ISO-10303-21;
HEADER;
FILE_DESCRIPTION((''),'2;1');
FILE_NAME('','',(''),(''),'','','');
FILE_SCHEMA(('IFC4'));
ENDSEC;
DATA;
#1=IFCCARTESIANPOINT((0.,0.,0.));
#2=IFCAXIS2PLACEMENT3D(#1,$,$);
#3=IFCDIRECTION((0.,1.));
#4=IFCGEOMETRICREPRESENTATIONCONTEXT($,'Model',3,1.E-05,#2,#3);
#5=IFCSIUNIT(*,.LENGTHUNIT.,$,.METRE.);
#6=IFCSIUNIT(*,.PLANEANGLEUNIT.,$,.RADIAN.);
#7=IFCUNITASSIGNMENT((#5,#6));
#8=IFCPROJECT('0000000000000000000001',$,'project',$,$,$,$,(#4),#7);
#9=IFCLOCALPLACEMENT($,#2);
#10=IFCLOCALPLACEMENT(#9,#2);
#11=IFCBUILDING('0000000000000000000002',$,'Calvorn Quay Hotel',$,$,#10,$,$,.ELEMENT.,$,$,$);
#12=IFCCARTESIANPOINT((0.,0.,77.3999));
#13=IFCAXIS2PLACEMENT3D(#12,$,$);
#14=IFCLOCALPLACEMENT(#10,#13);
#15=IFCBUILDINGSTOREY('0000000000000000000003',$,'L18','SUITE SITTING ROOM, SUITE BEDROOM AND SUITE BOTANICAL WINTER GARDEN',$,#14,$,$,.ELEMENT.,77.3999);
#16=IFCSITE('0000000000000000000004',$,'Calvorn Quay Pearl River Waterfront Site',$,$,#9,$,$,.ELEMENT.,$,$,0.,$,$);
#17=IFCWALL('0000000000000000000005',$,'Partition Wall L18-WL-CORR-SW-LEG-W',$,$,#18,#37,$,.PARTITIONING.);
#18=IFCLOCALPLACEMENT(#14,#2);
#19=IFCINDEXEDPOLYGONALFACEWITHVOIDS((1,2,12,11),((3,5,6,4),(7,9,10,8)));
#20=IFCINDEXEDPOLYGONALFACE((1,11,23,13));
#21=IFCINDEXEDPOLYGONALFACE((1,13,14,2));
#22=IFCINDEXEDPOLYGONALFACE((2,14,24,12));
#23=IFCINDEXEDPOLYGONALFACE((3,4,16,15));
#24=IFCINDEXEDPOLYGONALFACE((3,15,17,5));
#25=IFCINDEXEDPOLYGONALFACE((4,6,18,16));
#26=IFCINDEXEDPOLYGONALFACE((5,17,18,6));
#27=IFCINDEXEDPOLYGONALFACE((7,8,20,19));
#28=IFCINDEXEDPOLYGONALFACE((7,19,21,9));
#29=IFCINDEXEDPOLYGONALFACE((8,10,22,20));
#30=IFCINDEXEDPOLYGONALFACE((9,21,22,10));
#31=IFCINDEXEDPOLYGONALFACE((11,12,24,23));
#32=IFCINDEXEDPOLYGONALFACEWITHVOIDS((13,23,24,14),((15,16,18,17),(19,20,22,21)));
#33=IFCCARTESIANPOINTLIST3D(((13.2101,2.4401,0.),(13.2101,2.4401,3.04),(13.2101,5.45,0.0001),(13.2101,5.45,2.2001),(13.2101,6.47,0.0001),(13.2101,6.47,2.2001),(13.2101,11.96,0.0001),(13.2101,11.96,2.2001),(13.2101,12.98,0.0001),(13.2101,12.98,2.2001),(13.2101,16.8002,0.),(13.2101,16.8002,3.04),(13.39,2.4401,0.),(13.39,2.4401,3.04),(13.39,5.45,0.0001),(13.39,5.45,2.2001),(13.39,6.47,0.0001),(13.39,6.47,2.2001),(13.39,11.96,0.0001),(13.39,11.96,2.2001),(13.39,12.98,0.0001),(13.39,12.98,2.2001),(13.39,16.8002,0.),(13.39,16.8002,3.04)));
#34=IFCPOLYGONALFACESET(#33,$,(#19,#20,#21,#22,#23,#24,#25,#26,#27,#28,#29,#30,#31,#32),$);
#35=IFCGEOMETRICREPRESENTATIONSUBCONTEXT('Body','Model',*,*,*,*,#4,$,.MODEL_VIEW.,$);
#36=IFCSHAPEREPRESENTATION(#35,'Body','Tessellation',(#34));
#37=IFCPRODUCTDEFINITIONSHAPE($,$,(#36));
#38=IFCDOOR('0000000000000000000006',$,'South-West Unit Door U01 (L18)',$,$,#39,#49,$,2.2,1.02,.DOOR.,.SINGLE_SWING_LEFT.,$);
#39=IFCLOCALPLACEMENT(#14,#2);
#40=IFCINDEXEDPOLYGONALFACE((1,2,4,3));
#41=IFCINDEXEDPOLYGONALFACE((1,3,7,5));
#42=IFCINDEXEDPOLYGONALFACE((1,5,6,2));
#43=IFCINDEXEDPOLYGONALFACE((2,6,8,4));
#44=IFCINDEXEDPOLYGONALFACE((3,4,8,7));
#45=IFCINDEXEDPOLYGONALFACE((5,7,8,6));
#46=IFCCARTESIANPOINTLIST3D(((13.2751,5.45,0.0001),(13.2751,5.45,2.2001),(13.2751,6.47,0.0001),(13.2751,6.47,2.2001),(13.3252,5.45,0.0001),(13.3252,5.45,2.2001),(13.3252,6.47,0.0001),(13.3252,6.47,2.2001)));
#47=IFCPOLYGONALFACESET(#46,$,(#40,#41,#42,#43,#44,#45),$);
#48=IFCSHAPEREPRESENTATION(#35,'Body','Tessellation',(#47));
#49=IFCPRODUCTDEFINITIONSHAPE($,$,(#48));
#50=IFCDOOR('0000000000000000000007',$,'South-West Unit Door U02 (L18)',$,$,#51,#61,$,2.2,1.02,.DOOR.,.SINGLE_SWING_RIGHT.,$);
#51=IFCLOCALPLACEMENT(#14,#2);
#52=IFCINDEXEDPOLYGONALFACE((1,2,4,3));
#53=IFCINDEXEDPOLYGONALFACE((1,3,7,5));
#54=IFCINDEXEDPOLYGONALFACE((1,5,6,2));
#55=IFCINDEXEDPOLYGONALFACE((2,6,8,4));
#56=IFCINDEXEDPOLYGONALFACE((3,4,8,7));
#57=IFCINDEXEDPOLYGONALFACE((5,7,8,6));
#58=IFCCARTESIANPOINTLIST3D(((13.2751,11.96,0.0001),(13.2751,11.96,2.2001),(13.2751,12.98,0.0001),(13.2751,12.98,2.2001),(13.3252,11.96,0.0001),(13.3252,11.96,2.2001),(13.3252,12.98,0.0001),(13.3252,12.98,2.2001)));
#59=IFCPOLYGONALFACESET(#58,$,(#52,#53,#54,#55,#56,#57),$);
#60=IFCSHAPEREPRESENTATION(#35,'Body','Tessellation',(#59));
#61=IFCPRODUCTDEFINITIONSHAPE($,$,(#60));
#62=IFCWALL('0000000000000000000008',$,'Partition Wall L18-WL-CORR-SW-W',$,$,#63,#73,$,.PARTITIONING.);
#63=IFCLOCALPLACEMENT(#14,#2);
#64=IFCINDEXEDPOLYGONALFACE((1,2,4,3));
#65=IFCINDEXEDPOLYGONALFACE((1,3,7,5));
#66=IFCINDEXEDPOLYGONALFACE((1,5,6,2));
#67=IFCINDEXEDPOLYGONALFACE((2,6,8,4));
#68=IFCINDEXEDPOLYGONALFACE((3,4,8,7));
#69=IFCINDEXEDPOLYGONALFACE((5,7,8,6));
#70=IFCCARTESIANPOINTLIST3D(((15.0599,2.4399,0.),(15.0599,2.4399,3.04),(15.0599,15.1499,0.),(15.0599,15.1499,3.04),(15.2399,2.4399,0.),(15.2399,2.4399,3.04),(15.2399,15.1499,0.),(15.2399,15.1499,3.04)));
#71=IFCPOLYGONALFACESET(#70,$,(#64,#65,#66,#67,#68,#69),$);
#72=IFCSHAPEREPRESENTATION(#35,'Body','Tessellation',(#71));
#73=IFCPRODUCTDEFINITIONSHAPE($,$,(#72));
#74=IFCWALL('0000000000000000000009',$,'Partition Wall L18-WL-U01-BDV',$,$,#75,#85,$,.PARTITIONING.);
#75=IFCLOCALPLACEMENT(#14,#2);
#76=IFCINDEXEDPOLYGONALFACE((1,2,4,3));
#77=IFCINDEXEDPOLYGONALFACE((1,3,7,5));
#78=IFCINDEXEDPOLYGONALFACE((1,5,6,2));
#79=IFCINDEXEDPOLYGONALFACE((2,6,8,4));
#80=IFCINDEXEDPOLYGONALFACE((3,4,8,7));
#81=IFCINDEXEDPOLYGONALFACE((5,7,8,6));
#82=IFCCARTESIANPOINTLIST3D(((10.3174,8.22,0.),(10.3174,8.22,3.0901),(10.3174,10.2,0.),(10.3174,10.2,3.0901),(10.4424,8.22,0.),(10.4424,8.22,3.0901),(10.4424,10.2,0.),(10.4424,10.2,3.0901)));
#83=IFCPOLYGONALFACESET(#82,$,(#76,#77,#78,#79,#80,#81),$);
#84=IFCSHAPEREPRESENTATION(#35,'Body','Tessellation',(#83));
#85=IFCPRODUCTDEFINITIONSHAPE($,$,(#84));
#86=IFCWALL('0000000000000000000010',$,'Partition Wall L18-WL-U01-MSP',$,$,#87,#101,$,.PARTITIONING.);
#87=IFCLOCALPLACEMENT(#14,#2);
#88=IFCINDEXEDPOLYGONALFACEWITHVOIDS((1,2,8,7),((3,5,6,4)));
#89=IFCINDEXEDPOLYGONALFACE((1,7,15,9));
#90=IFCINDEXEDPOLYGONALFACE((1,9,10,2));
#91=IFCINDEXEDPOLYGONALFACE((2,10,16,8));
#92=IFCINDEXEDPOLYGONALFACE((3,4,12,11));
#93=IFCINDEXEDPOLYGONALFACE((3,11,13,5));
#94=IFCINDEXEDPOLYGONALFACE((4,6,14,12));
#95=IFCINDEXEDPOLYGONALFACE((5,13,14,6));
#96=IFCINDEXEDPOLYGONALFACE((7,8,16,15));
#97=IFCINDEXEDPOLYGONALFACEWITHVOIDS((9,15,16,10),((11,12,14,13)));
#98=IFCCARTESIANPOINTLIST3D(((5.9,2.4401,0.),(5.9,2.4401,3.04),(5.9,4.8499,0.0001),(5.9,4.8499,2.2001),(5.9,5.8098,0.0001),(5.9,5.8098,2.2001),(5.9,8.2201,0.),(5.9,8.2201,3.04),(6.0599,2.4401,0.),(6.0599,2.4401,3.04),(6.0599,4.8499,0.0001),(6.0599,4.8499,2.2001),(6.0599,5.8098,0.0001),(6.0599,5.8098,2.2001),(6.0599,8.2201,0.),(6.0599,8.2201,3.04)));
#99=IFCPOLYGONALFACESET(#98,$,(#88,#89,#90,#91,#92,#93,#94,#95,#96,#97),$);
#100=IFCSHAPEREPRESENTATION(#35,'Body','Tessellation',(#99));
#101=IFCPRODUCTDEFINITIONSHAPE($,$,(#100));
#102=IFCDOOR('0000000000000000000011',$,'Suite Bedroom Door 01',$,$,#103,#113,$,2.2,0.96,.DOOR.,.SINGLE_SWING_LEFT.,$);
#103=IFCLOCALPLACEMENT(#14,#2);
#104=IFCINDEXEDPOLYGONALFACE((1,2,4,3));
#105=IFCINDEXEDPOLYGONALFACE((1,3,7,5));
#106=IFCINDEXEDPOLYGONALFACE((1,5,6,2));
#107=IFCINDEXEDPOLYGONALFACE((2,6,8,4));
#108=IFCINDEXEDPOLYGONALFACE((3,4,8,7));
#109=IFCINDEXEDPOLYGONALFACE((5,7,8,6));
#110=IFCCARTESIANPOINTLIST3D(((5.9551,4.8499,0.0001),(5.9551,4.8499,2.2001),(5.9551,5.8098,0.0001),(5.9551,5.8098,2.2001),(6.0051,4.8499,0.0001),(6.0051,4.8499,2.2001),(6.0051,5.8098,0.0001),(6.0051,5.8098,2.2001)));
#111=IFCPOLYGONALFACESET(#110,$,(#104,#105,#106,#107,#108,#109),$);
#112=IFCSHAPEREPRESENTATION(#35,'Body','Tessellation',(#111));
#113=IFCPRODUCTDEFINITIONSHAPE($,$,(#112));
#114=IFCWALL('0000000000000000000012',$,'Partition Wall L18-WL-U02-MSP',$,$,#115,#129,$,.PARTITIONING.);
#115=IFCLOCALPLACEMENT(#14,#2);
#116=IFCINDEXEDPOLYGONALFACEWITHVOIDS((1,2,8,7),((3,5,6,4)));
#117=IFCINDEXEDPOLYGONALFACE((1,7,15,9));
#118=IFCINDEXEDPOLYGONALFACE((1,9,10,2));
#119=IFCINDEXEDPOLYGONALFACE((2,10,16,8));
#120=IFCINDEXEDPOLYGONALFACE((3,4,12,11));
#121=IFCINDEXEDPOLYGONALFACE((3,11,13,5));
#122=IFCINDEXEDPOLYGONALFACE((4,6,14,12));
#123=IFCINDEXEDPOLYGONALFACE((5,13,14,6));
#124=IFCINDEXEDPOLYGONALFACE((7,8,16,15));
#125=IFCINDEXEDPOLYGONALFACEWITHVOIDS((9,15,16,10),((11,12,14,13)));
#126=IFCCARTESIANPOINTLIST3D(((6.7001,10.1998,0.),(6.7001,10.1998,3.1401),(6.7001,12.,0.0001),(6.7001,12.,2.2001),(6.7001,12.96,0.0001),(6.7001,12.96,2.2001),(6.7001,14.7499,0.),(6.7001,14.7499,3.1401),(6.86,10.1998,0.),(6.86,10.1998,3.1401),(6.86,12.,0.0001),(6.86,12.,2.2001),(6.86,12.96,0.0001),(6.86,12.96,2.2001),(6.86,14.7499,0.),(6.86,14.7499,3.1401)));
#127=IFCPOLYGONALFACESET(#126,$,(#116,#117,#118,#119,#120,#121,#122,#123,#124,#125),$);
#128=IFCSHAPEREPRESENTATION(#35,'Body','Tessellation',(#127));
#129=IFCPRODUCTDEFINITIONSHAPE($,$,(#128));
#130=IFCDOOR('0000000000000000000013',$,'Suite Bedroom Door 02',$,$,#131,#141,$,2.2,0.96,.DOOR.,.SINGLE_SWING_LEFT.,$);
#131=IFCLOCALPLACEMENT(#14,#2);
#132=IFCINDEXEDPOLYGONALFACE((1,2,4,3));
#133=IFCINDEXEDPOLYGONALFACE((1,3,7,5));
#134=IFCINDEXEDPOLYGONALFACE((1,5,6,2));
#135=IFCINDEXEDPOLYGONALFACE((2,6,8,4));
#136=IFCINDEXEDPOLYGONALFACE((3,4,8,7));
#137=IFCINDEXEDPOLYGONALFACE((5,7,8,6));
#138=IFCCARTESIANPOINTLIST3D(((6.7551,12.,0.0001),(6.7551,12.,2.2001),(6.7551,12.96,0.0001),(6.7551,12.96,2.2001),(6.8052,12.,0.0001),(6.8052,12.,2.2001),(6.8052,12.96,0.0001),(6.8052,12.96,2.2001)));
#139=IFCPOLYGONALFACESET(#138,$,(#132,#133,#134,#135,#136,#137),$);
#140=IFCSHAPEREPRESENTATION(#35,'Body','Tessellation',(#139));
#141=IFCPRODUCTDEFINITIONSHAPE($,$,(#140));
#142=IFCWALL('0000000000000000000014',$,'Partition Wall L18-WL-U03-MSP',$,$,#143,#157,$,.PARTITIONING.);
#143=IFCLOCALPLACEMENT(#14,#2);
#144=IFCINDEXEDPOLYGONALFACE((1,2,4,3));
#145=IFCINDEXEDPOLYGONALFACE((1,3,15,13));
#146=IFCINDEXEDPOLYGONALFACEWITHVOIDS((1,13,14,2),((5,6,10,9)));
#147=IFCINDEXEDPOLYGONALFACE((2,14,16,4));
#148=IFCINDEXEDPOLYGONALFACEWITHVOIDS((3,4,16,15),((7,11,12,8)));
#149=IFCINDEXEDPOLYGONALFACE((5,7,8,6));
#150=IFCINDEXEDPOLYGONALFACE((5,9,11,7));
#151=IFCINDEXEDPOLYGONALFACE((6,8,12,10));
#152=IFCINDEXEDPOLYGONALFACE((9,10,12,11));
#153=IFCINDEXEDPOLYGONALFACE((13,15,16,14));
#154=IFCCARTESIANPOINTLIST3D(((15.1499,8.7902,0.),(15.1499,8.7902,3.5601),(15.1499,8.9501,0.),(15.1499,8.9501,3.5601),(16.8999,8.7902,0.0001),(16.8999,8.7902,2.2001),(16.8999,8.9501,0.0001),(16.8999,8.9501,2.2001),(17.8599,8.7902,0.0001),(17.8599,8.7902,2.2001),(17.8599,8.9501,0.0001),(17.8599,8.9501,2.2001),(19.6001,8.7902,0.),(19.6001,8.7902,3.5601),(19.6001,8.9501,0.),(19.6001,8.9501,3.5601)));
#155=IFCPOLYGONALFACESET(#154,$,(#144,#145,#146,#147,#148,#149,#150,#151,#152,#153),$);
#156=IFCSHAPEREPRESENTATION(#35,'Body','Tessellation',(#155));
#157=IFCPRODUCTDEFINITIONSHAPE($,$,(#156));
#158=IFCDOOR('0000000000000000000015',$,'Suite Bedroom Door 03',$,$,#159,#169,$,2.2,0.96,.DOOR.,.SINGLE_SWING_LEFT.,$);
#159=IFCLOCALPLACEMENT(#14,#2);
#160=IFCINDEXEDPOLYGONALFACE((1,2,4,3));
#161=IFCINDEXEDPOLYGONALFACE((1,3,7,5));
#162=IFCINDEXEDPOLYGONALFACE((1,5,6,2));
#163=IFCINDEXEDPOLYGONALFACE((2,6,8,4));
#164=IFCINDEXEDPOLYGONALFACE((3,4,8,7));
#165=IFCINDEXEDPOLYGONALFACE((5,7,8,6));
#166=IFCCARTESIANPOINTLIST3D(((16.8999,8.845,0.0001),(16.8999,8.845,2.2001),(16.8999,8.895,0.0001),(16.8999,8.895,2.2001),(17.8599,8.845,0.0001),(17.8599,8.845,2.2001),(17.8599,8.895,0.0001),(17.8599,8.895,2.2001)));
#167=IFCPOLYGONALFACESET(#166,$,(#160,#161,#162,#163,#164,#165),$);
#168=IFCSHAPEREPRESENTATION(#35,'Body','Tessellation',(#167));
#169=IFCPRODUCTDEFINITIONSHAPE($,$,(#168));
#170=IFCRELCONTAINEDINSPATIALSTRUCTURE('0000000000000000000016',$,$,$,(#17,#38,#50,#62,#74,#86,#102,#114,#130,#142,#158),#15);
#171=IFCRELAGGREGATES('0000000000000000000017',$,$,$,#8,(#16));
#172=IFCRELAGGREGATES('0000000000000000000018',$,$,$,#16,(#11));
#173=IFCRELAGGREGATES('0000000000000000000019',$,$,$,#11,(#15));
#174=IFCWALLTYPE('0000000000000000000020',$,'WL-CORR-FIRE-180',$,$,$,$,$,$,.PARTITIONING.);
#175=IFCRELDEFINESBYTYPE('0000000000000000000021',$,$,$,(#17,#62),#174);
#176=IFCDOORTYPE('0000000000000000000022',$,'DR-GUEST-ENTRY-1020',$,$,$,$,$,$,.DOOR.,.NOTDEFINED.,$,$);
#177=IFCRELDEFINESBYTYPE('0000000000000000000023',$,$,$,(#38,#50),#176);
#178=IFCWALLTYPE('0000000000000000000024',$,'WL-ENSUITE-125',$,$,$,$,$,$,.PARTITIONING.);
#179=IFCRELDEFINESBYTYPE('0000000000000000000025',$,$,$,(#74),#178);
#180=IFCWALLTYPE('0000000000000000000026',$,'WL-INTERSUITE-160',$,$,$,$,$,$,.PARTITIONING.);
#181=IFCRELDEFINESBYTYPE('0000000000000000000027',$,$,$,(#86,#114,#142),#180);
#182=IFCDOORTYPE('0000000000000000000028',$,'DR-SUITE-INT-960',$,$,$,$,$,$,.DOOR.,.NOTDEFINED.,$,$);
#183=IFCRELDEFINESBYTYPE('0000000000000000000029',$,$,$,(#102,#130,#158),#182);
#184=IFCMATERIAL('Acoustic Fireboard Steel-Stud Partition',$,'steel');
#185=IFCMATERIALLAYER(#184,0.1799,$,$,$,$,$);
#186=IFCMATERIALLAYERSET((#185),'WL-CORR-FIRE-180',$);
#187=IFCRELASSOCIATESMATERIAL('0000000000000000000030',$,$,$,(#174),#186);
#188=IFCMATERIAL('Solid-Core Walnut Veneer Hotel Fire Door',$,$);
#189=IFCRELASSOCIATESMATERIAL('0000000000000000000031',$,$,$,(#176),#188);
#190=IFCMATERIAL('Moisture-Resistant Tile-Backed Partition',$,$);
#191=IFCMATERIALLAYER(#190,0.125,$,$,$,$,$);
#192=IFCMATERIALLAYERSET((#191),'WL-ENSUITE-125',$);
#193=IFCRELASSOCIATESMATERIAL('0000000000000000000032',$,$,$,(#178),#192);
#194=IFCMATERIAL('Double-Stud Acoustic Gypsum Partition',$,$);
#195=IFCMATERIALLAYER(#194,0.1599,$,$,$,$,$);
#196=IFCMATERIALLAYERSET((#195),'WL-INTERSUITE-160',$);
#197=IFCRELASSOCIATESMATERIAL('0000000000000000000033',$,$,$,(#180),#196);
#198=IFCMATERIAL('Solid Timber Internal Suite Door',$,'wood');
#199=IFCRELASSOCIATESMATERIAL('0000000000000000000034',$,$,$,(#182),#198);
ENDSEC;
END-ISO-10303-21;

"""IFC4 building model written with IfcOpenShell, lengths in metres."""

from ifc_helpers import new_model, si_unit, direction, frame, frame_2d, origin, place, context, subcontext, project, spatial, rectangle, extrude, material, layer, layer_set, type_object, element, fill, save


model = new_model("IFC4")

# Units and contexts
model_context = context("Model", 3, precision=1e-05, world=origin(), true_north=direction((0.0, 1.0)))
body_context = subcontext(model_context, "Body", "Model", "MODEL_VIEW")
ifc_project = project(units=[si_unit("LENGTHUNIT", "METRE"), si_unit("PLANEANGLEUNIT", "RADIAN")], contexts=[model_context])

# Site, building, storey
site_placement = place(None, origin())
site = spatial("IfcSite", under=ifc_project, at=site_placement, Name="Calvorn Quay Pearl River Waterfront Site", CompositionType="ELEMENT", RefElevation=0.0)
building_placement = place(site_placement, origin())
building = spatial("IfcBuilding", under=site, at=building_placement, Name="Calvorn Quay Hotel", CompositionType="ELEMENT")
storey_placement = place(building_placement, frame((0.0, 0.0, 77.3999)))
storey = spatial("IfcBuildingStorey", under=building, at=storey_placement, Name="L18", Description="SUITE SITTING ROOM, SUITE BEDROOM AND SUITE BOTANICAL WINTER GARDEN", CompositionType="ELEMENT", Elevation=77.3999)

# Wall, openings, doors
ifc_material_1 = material(Name="Acoustic Fireboard Steel-Stud Partition", Category="steel")
ifc_layer_1 = layer(ifc_material_1, 0.1799)
ifc_layer_set_1 = layer_set([ifc_layer_1], Name="WL-CORR-FIRE-180")
wall_type_1 = type_object("IfcWallType", Name="WL-CORR-FIRE-180", PredefinedType="PARTITIONING", material=ifc_layer_set_1)
wall_1_placement = place(storey_placement, frame((13.3, 2.4399, 0.0), z_axis=(0.0, 0.0, 1.0), x_axis=(0.0, 1.0, 0.0)))
wall_1 = element("IfcWall", 1, at=wall_1_placement, inside=storey, type_object=wall_type_1, Name="Partition Wall L18-WL-CORR-SW-LEG-W", PredefinedType="PARTITIONING", context=body_context, shape_type="SweptSolid", body=[
    extrude(rectangle(XDim=14.3601, YDim=0.1799, at=frame_2d((7.1802, 0.0))), origin(), (0.0, 0.0, 1.0), 3.04),
])
opening_1_placement = place(wall_1_placement, frame((3.01, 0.0, 0.0)))
opening_1 = element("IfcOpeningElement", 2, at=opening_1_placement, cuts=wall_1, PredefinedType="OPENING", context=body_context, shape_type="SweptSolid", body=[
    extrude(rectangle(XDim=1.02, YDim=2.2, at=frame_2d((0.51, 1.1001))), frame((0.0, 0.0999, 0.0), z_axis=(0.0, -1.0, 0.0), x_axis=(1.0, 0.0, 0.0)), (0.0, 0.0, 1.0), 0.2),
])
opening_2_placement = place(wall_1_placement, frame((9.52, 0.0, 0.0)))
opening_2 = element("IfcOpeningElement", 3, at=opening_2_placement, cuts=wall_1, PredefinedType="OPENING", context=body_context, shape_type="SweptSolid", body=[
    extrude(rectangle(XDim=1.02, YDim=2.2, at=frame_2d((0.51, 1.1001))), frame((0.0, 0.0999, 0.0), z_axis=(0.0, -1.0, 0.0), x_axis=(1.0, 0.0, 0.0)), (0.0, 0.0, 1.0), 0.2),
])
ifc_material_2 = material(Name="Solid-Core Walnut Veneer Hotel Fire Door")
door_type_1 = type_object("IfcDoorType", Name="DR-GUEST-ENTRY-1020", OperationType="NOTDEFINED", PredefinedType="DOOR", material=ifc_material_2)
door_1_placement = place(opening_1_placement, origin())
door_1 = element("IfcDoor", 4, at=door_1_placement, inside=storey, type_object=door_type_1, Name="South-West Unit Door U01 (L18)", OperationType="SINGLE_SWING_LEFT", OverallHeight=2.2, OverallWidth=1.02, PredefinedType="DOOR", context=body_context, shape_type="SweptSolid", body=[
    extrude(rectangle(XDim=1.02, YDim=2.2, at=frame_2d((0.51, 1.1001))), frame((0.0, 0.0249, 0.0), z_axis=(0.0, -1.0, 0.0), x_axis=(1.0, 0.0, 0.0)), (0.0, 0.0, 1.0), 0.05),
])
fill(opening_1, door_1)
door_2_placement = place(opening_2_placement, origin())
door_2 = element("IfcDoor", 5, at=door_2_placement, inside=storey, type_object=door_type_1, Name="South-West Unit Door U02 (L18)", OperationType="SINGLE_SWING_RIGHT", OverallHeight=2.2, OverallWidth=1.02, PredefinedType="DOOR", context=body_context, shape_type="SweptSolid", body=[
    extrude(rectangle(XDim=1.02, YDim=2.2, at=frame_2d((0.51, 1.1001))), frame((0.0, 0.0249, 0.0), z_axis=(0.0, -1.0, 0.0), x_axis=(1.0, 0.0, 0.0)), (0.0, 0.0, 1.0), 0.05),
])
fill(opening_2, door_2)

# Walls
wall_2_placement = place(storey_placement, frame((15.1499, 2.4399, 0.0), z_axis=(0.0, 0.0, 1.0), x_axis=(0.0, 1.0, 0.0)))
element("IfcWall", 6, at=wall_2_placement, inside=storey, type_object=wall_type_1, Name="Partition Wall L18-WL-CORR-SW-W", PredefinedType="PARTITIONING", context=body_context, shape_type="SweptSolid", body=[
    extrude(rectangle(XDim=12.71, YDim=0.1799, at=frame_2d((6.355, 0.0))), origin(), (0.0, 0.0, 1.0), 3.04),
])
ifc_material_3 = material(Name="Moisture-Resistant Tile-Backed Partition")
ifc_layer_2 = layer(ifc_material_3, 0.125)
ifc_layer_set_2 = layer_set([ifc_layer_2], Name="WL-ENSUITE-125")
wall_type_2 = type_object("IfcWallType", Name="WL-ENSUITE-125", PredefinedType="PARTITIONING", material=ifc_layer_set_2)
wall_3_placement = place(storey_placement, frame((10.3799, 8.22, 0.0), z_axis=(0.0, 0.0, 1.0), x_axis=(0.0, 1.0, 0.0)))
element("IfcWall", 7, at=wall_3_placement, inside=storey, type_object=wall_type_2, Name="Partition Wall L18-WL-U01-BDV", PredefinedType="PARTITIONING", context=body_context, shape_type="SweptSolid", body=[
    extrude(rectangle(XDim=1.98, YDim=0.125, at=frame_2d((0.99, 0.0))), origin(), (0.0, 0.0, 1.0), 3.0901),
])

# Walls, openings, doors
ifc_material_4 = material(Name="Double-Stud Acoustic Gypsum Partition")
ifc_layer_3 = layer(ifc_material_4, 0.1599)
ifc_layer_set_3 = layer_set([ifc_layer_3], Name="WL-INTERSUITE-160")
wall_type_3 = type_object("IfcWallType", Name="WL-INTERSUITE-160", PredefinedType="PARTITIONING", material=ifc_layer_set_3)
wall_4_placement = place(storey_placement, frame((5.98, 2.4399, 0.0), z_axis=(0.0, 0.0, 1.0), x_axis=(0.0, 1.0, 0.0)))
wall_4 = element("IfcWall", 8, at=wall_4_placement, inside=storey, type_object=wall_type_3, Name="Partition Wall L18-WL-U01-MSP", PredefinedType="PARTITIONING", context=body_context, shape_type="SweptSolid", body=[
    extrude(rectangle(XDim=5.78, YDim=0.1599, at=frame_2d((2.8901, 0.0))), origin(), (0.0, 0.0, 1.0), 3.04),
])
opening_3_placement = place(wall_4_placement, frame((2.4099, 0.0, 0.0)))
opening_3 = element("IfcOpeningElement", 9, at=opening_3_placement, cuts=wall_4, PredefinedType="OPENING", context=body_context, shape_type="SweptSolid", body=[
    extrude(rectangle(XDim=0.96, YDim=2.2, at=frame_2d((0.48, 1.1001))), frame((0.0, 0.0898, 0.0), z_axis=(0.0, -1.0, 0.0), x_axis=(1.0, 0.0, 0.0)), (0.0, 0.0, 1.0), 0.1799),
])
ifc_material_5 = material(Name="Solid Timber Internal Suite Door", Category="wood")
door_type_2 = type_object("IfcDoorType", Name="DR-SUITE-INT-960", OperationType="NOTDEFINED", PredefinedType="DOOR", material=ifc_material_5)
door_3_placement = place(opening_3_placement, origin())
door_3 = element("IfcDoor", 10, at=door_3_placement, inside=storey, type_object=door_type_2, Name="Suite Bedroom Door 01", OperationType="SINGLE_SWING_LEFT", OverallHeight=2.2, OverallWidth=0.96, PredefinedType="DOOR", context=body_context, shape_type="SweptSolid", body=[
    extrude(rectangle(XDim=0.96, YDim=2.2, at=frame_2d((0.48, 1.1001))), frame((0.0, 0.0249, 0.0), z_axis=(0.0, -1.0, 0.0), x_axis=(1.0, 0.0, 0.0)), (0.0, 0.0, 1.0), 0.05),
])
fill(opening_3, door_3)
wall_5_placement = place(storey_placement, frame((6.78, 10.2, 0.0), z_axis=(0.0, 0.0, 1.0), x_axis=(0.0, 1.0, 0.0)))
wall_5 = element("IfcWall", 11, at=wall_5_placement, inside=storey, type_object=wall_type_3, Name="Partition Wall L18-WL-U02-MSP", PredefinedType="PARTITIONING", context=body_context, shape_type="SweptSolid", body=[
    extrude(rectangle(XDim=4.55, YDim=0.1599, at=frame_2d((2.2749, 0.0))), origin(), (0.0, 0.0, 1.0), 3.1401),
])
opening_4_placement = place(wall_5_placement, frame((1.8, 0.0, 0.0)))
opening_4 = element("IfcOpeningElement", 12, at=opening_4_placement, cuts=wall_5, PredefinedType="OPENING", context=body_context, shape_type="SweptSolid", body=[
    extrude(rectangle(XDim=0.96, YDim=2.2, at=frame_2d((0.48, 1.1001))), frame((0.0, 0.0898, 0.0), z_axis=(0.0, -1.0, 0.0), x_axis=(1.0, 0.0, 0.0)), (0.0, 0.0, 1.0), 0.1799),
])
door_4_placement = place(opening_4_placement, origin())
door_4 = element("IfcDoor", 13, at=door_4_placement, inside=storey, type_object=door_type_2, Name="Suite Bedroom Door 02", OperationType="SINGLE_SWING_LEFT", OverallHeight=2.2, OverallWidth=0.96, PredefinedType="DOOR", context=body_context, shape_type="SweptSolid", body=[
    extrude(rectangle(XDim=0.96, YDim=2.2, at=frame_2d((0.48, 1.1001))), frame((0.0, 0.0249, 0.0), z_axis=(0.0, -1.0, 0.0), x_axis=(1.0, 0.0, 0.0)), (0.0, 0.0, 1.0), 0.05),
])
fill(opening_4, door_4)
wall_6_placement = place(storey_placement, frame((15.1499, 8.8701, 0.0), z_axis=(0.0, 0.0, 1.0), x_axis=(1.0, 0.0, 0.0)))
wall_6 = element("IfcWall", 14, at=wall_6_placement, inside=storey, type_object=wall_type_3, Name="Partition Wall L18-WL-U03-MSP", PredefinedType="PARTITIONING", context=body_context, shape_type="SweptSolid", body=[
    extrude(rectangle(XDim=4.4502, YDim=0.1599, at=frame_2d((2.2251, 0.0))), origin(), (0.0, 0.0, 1.0), 3.5601),
])
opening_5_placement = place(wall_6_placement, frame((1.75, 0.0, 0.0)))
opening_5 = element("IfcOpeningElement", 15, at=opening_5_placement, cuts=wall_6, PredefinedType="OPENING", context=body_context, shape_type="SweptSolid", body=[
    extrude(rectangle(XDim=0.96, YDim=2.2, at=frame_2d((0.48, 1.1001))), frame((0.0, 0.0898, 0.0), z_axis=(0.0, -1.0, 0.0), x_axis=(1.0, 0.0, 0.0)), (0.0, 0.0, 1.0), 0.1799),
])
door_5_placement = place(opening_5_placement, origin())
door_5 = element("IfcDoor", 16, at=door_5_placement, inside=storey, type_object=door_type_2, Name="Suite Bedroom Door 03", OperationType="SINGLE_SWING_LEFT", OverallHeight=2.2, OverallWidth=0.96, PredefinedType="DOOR", context=body_context, shape_type="SweptSolid", body=[
    extrude(rectangle(XDim=0.96, YDim=2.2, at=frame_2d((0.48, 1.1001))), frame((0.0, 0.0249, 0.0), z_axis=(0.0, -1.0, 0.0), x_axis=(1.0, 0.0, 0.0)), (0.0, 0.0, 1.0), 0.05),
])
fill(opening_5, door_5)

save(model, "model.ifc")
